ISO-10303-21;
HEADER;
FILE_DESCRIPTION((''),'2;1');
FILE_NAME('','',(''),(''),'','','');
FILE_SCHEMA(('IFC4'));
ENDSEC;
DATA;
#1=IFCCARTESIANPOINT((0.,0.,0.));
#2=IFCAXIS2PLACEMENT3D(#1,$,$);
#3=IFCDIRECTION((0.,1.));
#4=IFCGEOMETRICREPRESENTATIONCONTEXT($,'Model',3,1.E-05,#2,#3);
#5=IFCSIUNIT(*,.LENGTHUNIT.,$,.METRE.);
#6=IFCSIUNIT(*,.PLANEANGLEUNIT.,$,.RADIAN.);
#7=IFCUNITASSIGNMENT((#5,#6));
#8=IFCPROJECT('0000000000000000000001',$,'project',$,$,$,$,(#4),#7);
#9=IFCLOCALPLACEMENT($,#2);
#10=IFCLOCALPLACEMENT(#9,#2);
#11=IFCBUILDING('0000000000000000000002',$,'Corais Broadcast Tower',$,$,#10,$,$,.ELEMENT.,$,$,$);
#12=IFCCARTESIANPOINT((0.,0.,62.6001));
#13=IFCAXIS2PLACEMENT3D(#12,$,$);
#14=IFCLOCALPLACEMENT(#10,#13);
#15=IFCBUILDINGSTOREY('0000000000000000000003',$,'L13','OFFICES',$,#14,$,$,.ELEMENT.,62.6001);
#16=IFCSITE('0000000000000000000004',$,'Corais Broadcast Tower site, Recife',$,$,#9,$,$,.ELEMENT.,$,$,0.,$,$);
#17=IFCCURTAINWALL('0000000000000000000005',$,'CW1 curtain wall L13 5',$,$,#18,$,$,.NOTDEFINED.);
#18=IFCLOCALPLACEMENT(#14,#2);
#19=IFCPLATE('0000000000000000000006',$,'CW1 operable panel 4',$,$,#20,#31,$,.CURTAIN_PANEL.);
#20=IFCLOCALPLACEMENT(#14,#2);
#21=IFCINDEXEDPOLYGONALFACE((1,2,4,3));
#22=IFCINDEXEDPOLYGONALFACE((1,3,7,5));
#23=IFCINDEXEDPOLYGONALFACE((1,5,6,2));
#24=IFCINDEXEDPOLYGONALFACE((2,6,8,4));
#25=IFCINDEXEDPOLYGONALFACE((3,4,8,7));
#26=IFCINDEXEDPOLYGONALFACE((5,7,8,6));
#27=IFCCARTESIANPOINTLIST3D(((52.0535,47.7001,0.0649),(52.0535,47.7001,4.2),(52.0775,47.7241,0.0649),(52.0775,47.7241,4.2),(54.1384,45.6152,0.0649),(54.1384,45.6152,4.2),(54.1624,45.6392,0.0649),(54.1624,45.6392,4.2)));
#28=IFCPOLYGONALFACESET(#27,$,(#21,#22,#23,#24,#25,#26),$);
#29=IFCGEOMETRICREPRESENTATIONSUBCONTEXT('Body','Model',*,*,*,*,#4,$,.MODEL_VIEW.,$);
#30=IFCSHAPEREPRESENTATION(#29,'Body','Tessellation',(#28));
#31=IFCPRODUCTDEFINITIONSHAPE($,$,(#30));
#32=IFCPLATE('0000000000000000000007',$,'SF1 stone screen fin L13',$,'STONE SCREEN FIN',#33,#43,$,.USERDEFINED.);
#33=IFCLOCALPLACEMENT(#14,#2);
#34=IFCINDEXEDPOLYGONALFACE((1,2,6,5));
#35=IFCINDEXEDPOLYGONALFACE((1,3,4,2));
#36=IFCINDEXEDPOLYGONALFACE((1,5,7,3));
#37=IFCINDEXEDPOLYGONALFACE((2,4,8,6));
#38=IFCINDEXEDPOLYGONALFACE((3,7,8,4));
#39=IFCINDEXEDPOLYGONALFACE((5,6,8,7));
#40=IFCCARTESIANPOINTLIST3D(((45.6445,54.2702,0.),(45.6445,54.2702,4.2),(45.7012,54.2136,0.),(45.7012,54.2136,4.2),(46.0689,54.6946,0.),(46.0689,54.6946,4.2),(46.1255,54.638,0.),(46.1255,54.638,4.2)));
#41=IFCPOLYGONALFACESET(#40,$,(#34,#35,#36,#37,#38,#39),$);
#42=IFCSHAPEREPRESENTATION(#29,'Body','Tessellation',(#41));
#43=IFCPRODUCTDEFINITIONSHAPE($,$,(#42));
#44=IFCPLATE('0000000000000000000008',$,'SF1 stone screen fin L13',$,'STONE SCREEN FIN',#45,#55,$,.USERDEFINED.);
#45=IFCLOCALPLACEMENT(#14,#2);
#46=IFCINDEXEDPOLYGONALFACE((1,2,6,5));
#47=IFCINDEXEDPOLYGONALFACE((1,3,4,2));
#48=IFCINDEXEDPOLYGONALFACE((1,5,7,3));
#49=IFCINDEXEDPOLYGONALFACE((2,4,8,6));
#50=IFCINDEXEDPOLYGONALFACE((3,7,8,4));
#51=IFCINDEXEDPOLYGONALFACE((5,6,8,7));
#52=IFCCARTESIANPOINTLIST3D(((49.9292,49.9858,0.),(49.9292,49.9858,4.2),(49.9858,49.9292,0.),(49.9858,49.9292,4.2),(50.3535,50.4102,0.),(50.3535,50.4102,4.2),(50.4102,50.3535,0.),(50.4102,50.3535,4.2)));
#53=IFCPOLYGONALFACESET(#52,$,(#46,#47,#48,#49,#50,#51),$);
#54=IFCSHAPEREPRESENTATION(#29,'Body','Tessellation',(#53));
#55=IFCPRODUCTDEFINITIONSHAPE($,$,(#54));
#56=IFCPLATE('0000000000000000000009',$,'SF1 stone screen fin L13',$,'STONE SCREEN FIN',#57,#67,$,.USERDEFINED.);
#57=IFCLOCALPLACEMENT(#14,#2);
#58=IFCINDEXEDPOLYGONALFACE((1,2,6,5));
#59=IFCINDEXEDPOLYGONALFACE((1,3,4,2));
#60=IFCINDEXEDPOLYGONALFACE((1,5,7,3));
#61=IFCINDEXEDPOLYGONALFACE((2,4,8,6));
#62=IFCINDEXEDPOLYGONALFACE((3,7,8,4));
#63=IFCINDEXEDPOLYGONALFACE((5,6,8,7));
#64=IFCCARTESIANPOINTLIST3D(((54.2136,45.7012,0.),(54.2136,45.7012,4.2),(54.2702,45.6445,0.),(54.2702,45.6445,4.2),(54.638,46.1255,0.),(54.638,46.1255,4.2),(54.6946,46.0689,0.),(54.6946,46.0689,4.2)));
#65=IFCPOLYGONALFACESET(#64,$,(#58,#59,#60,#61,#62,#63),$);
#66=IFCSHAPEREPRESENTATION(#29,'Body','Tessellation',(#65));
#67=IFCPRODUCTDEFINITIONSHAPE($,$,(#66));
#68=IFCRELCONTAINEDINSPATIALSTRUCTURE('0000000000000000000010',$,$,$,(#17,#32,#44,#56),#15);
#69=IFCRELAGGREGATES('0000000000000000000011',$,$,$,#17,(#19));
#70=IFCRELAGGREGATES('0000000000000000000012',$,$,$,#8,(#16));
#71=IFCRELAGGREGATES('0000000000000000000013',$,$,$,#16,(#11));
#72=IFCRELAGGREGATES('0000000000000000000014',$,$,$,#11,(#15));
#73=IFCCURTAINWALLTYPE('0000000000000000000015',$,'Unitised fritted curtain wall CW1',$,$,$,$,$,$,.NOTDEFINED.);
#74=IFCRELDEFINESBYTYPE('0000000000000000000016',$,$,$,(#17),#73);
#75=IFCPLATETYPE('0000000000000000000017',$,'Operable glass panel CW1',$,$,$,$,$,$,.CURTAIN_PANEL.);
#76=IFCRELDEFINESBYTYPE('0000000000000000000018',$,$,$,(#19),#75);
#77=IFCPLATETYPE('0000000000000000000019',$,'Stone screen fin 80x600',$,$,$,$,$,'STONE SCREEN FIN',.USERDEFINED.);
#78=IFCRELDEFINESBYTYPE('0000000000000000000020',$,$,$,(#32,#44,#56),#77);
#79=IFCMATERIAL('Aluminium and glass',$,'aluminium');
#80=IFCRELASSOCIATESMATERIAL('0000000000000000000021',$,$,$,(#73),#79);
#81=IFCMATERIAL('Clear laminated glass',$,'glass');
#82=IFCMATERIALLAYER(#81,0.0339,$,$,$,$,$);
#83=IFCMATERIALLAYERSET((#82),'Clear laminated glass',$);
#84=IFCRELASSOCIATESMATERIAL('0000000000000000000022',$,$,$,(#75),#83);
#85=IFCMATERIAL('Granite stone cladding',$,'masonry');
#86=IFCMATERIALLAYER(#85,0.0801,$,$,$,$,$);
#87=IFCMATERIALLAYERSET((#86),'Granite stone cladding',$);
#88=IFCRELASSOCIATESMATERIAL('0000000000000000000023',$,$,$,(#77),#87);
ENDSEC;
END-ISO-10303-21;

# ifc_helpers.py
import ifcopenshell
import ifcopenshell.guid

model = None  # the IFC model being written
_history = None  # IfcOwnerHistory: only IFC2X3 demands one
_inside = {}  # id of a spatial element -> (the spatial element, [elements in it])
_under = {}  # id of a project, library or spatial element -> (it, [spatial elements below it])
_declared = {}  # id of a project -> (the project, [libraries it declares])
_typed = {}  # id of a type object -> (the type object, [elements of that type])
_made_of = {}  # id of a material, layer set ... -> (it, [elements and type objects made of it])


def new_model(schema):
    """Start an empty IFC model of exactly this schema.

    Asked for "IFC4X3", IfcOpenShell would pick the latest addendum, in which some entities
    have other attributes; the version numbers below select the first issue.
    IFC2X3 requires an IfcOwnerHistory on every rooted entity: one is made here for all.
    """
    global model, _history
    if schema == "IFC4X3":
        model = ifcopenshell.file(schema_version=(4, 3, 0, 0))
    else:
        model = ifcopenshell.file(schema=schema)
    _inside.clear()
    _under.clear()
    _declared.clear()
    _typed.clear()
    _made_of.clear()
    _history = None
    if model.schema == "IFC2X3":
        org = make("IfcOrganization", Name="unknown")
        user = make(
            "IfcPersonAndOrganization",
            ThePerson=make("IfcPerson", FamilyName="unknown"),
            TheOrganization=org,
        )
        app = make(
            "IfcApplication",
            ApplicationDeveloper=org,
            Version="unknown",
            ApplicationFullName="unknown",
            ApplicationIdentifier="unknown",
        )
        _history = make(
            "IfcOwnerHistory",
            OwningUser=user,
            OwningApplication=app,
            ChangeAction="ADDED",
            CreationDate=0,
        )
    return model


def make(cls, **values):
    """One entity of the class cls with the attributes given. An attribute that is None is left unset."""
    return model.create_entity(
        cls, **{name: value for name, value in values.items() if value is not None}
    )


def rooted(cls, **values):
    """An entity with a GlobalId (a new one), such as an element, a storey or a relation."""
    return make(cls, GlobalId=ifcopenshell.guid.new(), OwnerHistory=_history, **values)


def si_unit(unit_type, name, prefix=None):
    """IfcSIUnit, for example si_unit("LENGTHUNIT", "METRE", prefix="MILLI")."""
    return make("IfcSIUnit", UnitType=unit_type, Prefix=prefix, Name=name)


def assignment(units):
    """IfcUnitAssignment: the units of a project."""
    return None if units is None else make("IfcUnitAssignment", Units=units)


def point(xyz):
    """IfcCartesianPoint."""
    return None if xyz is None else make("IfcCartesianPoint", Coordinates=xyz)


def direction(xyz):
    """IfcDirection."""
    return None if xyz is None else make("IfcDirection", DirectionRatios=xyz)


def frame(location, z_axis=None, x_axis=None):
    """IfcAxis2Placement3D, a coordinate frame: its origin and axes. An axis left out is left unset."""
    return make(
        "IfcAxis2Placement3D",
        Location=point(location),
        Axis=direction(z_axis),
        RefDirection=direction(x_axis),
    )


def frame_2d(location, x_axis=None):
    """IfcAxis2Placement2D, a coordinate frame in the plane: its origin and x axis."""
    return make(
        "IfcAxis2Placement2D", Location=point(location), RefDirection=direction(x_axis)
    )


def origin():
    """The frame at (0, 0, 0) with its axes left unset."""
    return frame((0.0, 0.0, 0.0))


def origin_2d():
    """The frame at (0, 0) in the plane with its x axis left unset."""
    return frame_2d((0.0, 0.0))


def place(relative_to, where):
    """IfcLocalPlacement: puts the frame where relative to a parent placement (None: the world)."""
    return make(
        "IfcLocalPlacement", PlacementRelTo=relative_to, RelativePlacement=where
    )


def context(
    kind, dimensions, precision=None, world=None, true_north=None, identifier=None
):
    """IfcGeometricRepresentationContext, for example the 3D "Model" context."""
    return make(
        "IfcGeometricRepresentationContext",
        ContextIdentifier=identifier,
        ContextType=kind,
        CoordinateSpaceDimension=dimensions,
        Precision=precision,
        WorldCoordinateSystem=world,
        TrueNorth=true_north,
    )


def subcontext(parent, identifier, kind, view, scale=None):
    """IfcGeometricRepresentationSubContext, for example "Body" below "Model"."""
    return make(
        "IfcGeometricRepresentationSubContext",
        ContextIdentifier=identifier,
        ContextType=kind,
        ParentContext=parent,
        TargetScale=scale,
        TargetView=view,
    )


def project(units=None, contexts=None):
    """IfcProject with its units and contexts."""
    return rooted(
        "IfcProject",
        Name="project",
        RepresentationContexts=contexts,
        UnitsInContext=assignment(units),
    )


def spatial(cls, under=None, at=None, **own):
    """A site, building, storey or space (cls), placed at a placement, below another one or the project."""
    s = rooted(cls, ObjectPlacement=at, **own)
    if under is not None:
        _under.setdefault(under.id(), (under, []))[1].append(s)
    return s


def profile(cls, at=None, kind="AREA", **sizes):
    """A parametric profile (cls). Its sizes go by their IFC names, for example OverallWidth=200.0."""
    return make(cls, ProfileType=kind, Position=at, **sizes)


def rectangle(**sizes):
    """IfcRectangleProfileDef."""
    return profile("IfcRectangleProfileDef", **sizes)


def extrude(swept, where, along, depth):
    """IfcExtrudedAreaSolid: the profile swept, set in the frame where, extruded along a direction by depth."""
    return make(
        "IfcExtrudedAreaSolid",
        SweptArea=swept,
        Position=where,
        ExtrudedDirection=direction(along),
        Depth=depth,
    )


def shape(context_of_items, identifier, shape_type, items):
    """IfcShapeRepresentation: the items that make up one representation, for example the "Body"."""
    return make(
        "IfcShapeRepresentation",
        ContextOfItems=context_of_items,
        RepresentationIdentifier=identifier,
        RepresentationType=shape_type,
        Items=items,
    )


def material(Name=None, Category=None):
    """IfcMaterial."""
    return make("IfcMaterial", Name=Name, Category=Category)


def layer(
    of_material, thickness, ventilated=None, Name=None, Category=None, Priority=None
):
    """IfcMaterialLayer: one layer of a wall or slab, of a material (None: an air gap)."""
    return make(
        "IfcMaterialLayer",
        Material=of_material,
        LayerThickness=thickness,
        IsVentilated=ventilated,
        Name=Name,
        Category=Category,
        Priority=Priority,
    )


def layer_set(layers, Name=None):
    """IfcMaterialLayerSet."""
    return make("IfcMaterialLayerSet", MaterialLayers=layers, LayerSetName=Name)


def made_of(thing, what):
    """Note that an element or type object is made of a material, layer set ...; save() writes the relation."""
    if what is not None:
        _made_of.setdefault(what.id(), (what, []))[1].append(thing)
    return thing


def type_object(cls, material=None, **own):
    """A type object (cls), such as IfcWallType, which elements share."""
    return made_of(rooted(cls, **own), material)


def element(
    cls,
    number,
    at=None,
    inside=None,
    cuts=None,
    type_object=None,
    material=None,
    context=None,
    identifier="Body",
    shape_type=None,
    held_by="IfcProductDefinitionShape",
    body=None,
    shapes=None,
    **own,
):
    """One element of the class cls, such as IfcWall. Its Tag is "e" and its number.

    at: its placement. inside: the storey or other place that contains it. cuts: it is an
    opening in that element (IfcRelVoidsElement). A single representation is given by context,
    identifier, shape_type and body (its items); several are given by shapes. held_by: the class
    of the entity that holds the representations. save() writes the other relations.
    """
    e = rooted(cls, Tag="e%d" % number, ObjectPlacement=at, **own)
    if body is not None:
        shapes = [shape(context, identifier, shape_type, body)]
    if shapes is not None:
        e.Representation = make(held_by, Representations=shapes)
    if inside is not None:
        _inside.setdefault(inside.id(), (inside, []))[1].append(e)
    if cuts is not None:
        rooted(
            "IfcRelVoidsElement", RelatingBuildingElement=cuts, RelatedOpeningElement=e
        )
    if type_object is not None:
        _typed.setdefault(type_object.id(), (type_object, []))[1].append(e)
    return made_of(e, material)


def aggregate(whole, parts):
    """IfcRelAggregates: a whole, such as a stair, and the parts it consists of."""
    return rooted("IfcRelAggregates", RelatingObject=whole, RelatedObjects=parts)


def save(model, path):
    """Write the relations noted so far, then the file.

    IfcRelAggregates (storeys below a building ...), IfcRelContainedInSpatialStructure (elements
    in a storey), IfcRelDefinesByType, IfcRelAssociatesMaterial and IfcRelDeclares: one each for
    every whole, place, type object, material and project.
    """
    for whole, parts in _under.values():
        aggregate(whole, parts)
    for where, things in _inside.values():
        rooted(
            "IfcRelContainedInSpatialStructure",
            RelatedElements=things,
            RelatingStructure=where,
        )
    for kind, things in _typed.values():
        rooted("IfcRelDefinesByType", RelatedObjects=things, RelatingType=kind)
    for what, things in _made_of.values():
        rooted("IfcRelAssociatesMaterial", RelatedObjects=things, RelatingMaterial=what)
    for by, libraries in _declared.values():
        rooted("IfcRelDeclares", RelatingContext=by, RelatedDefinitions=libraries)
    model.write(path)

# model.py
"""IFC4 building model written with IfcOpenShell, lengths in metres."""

from ifc_helpers import new_model, si_unit, direction, frame, origin, origin_2d, place, context, subcontext, project, spatial, rectangle, extrude, material, layer, layer_set, type_object, element, aggregate, save


model = new_model("IFC4")

# Units and contexts
model_context = context("Model", 3, precision=1e-05, world=origin(), true_north=direction((0.0, 1.0)))
body_context = subcontext(model_context, "Body", "Model", "MODEL_VIEW")
ifc_project = project(units=[si_unit("LENGTHUNIT", "METRE"), si_unit("PLANEANGLEUNIT", "RADIAN")], contexts=[model_context])

# Site, building, storey
site_placement = place(None, origin())
site = spatial("IfcSite", under=ifc_project, at=site_placement, Name="Corais Broadcast Tower site, Recife", CompositionType="ELEMENT", RefElevation=0.0)
building_placement = place(site_placement, origin())
building = spatial("IfcBuilding", under=site, at=building_placement, Name="Corais Broadcast Tower", CompositionType="ELEMENT")
storey_placement = place(building_placement, frame((0.0, 0.0, 62.6001)))
storey = spatial("IfcBuildingStorey", under=building, at=storey_placement, Name="L13", Description="OFFICES", CompositionType="ELEMENT", Elevation=62.6001)

# Shared definitions
ifc_material_1 = material(Name="Aluminium and glass", Category="aluminium")
curtain_wall_type = type_object("IfcCurtainWallType", Name="Unitised fritted curtain wall CW1", PredefinedType="NOTDEFINED", material=ifc_material_1)

# Curtain wall
curtain_wall_1_placement = place(storey_placement, origin())
curtain_wall_1 = element("IfcCurtainWall", 1, at=curtain_wall_1_placement, inside=storey, type_object=curtain_wall_type, Name="CW1 curtain wall L13 5", PredefinedType="NOTDEFINED")

# Plate
ifc_material_2 = material(Name="Clear laminated glass", Category="glass")
ifc_layer_1 = layer(ifc_material_2, 0.0339)
ifc_layer_set_1 = layer_set([ifc_layer_1], Name="Clear laminated glass")
plate_type_1 = type_object("IfcPlateType", Name="Operable glass panel CW1", PredefinedType="CURTAIN_PANEL", material=ifc_layer_set_1)
plate_1_placement = place(storey_placement, frame((53.1079, 46.6697, 0.0649), z_axis=(0.0, 0.0, 1.0), x_axis=(0.707107, -0.707107, 0.0)))
plate_1 = element("IfcPlate", 2, at=plate_1_placement, type_object=plate_type_1, Name="CW1 operable panel 4", PredefinedType="CURTAIN_PANEL", context=body_context, shape_type="SweptSolid", body=[
    extrude(rectangle(XDim=2.9485, YDim=0.0339, at=origin_2d()), origin(), (0.0, 0.0, 1.0), 4.135),
])
aggregate(curtain_wall_1, [plate_1])

# Plates
ifc_material_3 = material(Name="Granite stone cladding", Category="masonry")
ifc_layer_2 = layer(ifc_material_3, 0.0801)
ifc_layer_set_2 = layer_set([ifc_layer_2], Name="Granite stone cladding")
plate_type_2 = type_object("IfcPlateType", Name="Stone screen fin 80x600", ElementType="STONE SCREEN FIN", PredefinedType="USERDEFINED", material=ifc_layer_set_2)
for number, where, z_axis, x_axis, name in (
    (3, (45.885, 54.4541, 0.0), (0.0, 0.0, 1.0), (0.707107, -0.707107, 0.0), "SF1 stone screen fin L13"),
    (4, (50.1697, 50.1697, 0.0), (0.0, 0.0, 1.0), (0.707107, -0.707107, 0.0), "SF1 stone screen fin L13"),
    (5, (54.4541, 45.885, 0.0), (0.0, 0.0, 1.0), (0.707107, -0.707107, 0.0), "SF1 stone screen fin L13"),
):
    element("IfcPlate", number, at=place(storey_placement, frame(where, z_axis=z_axis, x_axis=x_axis)), inside=storey, type_object=plate_type_2, Name=name, ObjectType="STONE SCREEN FIN", PredefinedType="USERDEFINED", context=body_context, shape_type="SweptSolid", body=[
        extrude(rectangle(XDim=0.0801, YDim=0.6001, at=origin_2d()), origin(), (0.0, 0.0, 1.0), 4.2),
    ])

save(model, "model.ifc")
